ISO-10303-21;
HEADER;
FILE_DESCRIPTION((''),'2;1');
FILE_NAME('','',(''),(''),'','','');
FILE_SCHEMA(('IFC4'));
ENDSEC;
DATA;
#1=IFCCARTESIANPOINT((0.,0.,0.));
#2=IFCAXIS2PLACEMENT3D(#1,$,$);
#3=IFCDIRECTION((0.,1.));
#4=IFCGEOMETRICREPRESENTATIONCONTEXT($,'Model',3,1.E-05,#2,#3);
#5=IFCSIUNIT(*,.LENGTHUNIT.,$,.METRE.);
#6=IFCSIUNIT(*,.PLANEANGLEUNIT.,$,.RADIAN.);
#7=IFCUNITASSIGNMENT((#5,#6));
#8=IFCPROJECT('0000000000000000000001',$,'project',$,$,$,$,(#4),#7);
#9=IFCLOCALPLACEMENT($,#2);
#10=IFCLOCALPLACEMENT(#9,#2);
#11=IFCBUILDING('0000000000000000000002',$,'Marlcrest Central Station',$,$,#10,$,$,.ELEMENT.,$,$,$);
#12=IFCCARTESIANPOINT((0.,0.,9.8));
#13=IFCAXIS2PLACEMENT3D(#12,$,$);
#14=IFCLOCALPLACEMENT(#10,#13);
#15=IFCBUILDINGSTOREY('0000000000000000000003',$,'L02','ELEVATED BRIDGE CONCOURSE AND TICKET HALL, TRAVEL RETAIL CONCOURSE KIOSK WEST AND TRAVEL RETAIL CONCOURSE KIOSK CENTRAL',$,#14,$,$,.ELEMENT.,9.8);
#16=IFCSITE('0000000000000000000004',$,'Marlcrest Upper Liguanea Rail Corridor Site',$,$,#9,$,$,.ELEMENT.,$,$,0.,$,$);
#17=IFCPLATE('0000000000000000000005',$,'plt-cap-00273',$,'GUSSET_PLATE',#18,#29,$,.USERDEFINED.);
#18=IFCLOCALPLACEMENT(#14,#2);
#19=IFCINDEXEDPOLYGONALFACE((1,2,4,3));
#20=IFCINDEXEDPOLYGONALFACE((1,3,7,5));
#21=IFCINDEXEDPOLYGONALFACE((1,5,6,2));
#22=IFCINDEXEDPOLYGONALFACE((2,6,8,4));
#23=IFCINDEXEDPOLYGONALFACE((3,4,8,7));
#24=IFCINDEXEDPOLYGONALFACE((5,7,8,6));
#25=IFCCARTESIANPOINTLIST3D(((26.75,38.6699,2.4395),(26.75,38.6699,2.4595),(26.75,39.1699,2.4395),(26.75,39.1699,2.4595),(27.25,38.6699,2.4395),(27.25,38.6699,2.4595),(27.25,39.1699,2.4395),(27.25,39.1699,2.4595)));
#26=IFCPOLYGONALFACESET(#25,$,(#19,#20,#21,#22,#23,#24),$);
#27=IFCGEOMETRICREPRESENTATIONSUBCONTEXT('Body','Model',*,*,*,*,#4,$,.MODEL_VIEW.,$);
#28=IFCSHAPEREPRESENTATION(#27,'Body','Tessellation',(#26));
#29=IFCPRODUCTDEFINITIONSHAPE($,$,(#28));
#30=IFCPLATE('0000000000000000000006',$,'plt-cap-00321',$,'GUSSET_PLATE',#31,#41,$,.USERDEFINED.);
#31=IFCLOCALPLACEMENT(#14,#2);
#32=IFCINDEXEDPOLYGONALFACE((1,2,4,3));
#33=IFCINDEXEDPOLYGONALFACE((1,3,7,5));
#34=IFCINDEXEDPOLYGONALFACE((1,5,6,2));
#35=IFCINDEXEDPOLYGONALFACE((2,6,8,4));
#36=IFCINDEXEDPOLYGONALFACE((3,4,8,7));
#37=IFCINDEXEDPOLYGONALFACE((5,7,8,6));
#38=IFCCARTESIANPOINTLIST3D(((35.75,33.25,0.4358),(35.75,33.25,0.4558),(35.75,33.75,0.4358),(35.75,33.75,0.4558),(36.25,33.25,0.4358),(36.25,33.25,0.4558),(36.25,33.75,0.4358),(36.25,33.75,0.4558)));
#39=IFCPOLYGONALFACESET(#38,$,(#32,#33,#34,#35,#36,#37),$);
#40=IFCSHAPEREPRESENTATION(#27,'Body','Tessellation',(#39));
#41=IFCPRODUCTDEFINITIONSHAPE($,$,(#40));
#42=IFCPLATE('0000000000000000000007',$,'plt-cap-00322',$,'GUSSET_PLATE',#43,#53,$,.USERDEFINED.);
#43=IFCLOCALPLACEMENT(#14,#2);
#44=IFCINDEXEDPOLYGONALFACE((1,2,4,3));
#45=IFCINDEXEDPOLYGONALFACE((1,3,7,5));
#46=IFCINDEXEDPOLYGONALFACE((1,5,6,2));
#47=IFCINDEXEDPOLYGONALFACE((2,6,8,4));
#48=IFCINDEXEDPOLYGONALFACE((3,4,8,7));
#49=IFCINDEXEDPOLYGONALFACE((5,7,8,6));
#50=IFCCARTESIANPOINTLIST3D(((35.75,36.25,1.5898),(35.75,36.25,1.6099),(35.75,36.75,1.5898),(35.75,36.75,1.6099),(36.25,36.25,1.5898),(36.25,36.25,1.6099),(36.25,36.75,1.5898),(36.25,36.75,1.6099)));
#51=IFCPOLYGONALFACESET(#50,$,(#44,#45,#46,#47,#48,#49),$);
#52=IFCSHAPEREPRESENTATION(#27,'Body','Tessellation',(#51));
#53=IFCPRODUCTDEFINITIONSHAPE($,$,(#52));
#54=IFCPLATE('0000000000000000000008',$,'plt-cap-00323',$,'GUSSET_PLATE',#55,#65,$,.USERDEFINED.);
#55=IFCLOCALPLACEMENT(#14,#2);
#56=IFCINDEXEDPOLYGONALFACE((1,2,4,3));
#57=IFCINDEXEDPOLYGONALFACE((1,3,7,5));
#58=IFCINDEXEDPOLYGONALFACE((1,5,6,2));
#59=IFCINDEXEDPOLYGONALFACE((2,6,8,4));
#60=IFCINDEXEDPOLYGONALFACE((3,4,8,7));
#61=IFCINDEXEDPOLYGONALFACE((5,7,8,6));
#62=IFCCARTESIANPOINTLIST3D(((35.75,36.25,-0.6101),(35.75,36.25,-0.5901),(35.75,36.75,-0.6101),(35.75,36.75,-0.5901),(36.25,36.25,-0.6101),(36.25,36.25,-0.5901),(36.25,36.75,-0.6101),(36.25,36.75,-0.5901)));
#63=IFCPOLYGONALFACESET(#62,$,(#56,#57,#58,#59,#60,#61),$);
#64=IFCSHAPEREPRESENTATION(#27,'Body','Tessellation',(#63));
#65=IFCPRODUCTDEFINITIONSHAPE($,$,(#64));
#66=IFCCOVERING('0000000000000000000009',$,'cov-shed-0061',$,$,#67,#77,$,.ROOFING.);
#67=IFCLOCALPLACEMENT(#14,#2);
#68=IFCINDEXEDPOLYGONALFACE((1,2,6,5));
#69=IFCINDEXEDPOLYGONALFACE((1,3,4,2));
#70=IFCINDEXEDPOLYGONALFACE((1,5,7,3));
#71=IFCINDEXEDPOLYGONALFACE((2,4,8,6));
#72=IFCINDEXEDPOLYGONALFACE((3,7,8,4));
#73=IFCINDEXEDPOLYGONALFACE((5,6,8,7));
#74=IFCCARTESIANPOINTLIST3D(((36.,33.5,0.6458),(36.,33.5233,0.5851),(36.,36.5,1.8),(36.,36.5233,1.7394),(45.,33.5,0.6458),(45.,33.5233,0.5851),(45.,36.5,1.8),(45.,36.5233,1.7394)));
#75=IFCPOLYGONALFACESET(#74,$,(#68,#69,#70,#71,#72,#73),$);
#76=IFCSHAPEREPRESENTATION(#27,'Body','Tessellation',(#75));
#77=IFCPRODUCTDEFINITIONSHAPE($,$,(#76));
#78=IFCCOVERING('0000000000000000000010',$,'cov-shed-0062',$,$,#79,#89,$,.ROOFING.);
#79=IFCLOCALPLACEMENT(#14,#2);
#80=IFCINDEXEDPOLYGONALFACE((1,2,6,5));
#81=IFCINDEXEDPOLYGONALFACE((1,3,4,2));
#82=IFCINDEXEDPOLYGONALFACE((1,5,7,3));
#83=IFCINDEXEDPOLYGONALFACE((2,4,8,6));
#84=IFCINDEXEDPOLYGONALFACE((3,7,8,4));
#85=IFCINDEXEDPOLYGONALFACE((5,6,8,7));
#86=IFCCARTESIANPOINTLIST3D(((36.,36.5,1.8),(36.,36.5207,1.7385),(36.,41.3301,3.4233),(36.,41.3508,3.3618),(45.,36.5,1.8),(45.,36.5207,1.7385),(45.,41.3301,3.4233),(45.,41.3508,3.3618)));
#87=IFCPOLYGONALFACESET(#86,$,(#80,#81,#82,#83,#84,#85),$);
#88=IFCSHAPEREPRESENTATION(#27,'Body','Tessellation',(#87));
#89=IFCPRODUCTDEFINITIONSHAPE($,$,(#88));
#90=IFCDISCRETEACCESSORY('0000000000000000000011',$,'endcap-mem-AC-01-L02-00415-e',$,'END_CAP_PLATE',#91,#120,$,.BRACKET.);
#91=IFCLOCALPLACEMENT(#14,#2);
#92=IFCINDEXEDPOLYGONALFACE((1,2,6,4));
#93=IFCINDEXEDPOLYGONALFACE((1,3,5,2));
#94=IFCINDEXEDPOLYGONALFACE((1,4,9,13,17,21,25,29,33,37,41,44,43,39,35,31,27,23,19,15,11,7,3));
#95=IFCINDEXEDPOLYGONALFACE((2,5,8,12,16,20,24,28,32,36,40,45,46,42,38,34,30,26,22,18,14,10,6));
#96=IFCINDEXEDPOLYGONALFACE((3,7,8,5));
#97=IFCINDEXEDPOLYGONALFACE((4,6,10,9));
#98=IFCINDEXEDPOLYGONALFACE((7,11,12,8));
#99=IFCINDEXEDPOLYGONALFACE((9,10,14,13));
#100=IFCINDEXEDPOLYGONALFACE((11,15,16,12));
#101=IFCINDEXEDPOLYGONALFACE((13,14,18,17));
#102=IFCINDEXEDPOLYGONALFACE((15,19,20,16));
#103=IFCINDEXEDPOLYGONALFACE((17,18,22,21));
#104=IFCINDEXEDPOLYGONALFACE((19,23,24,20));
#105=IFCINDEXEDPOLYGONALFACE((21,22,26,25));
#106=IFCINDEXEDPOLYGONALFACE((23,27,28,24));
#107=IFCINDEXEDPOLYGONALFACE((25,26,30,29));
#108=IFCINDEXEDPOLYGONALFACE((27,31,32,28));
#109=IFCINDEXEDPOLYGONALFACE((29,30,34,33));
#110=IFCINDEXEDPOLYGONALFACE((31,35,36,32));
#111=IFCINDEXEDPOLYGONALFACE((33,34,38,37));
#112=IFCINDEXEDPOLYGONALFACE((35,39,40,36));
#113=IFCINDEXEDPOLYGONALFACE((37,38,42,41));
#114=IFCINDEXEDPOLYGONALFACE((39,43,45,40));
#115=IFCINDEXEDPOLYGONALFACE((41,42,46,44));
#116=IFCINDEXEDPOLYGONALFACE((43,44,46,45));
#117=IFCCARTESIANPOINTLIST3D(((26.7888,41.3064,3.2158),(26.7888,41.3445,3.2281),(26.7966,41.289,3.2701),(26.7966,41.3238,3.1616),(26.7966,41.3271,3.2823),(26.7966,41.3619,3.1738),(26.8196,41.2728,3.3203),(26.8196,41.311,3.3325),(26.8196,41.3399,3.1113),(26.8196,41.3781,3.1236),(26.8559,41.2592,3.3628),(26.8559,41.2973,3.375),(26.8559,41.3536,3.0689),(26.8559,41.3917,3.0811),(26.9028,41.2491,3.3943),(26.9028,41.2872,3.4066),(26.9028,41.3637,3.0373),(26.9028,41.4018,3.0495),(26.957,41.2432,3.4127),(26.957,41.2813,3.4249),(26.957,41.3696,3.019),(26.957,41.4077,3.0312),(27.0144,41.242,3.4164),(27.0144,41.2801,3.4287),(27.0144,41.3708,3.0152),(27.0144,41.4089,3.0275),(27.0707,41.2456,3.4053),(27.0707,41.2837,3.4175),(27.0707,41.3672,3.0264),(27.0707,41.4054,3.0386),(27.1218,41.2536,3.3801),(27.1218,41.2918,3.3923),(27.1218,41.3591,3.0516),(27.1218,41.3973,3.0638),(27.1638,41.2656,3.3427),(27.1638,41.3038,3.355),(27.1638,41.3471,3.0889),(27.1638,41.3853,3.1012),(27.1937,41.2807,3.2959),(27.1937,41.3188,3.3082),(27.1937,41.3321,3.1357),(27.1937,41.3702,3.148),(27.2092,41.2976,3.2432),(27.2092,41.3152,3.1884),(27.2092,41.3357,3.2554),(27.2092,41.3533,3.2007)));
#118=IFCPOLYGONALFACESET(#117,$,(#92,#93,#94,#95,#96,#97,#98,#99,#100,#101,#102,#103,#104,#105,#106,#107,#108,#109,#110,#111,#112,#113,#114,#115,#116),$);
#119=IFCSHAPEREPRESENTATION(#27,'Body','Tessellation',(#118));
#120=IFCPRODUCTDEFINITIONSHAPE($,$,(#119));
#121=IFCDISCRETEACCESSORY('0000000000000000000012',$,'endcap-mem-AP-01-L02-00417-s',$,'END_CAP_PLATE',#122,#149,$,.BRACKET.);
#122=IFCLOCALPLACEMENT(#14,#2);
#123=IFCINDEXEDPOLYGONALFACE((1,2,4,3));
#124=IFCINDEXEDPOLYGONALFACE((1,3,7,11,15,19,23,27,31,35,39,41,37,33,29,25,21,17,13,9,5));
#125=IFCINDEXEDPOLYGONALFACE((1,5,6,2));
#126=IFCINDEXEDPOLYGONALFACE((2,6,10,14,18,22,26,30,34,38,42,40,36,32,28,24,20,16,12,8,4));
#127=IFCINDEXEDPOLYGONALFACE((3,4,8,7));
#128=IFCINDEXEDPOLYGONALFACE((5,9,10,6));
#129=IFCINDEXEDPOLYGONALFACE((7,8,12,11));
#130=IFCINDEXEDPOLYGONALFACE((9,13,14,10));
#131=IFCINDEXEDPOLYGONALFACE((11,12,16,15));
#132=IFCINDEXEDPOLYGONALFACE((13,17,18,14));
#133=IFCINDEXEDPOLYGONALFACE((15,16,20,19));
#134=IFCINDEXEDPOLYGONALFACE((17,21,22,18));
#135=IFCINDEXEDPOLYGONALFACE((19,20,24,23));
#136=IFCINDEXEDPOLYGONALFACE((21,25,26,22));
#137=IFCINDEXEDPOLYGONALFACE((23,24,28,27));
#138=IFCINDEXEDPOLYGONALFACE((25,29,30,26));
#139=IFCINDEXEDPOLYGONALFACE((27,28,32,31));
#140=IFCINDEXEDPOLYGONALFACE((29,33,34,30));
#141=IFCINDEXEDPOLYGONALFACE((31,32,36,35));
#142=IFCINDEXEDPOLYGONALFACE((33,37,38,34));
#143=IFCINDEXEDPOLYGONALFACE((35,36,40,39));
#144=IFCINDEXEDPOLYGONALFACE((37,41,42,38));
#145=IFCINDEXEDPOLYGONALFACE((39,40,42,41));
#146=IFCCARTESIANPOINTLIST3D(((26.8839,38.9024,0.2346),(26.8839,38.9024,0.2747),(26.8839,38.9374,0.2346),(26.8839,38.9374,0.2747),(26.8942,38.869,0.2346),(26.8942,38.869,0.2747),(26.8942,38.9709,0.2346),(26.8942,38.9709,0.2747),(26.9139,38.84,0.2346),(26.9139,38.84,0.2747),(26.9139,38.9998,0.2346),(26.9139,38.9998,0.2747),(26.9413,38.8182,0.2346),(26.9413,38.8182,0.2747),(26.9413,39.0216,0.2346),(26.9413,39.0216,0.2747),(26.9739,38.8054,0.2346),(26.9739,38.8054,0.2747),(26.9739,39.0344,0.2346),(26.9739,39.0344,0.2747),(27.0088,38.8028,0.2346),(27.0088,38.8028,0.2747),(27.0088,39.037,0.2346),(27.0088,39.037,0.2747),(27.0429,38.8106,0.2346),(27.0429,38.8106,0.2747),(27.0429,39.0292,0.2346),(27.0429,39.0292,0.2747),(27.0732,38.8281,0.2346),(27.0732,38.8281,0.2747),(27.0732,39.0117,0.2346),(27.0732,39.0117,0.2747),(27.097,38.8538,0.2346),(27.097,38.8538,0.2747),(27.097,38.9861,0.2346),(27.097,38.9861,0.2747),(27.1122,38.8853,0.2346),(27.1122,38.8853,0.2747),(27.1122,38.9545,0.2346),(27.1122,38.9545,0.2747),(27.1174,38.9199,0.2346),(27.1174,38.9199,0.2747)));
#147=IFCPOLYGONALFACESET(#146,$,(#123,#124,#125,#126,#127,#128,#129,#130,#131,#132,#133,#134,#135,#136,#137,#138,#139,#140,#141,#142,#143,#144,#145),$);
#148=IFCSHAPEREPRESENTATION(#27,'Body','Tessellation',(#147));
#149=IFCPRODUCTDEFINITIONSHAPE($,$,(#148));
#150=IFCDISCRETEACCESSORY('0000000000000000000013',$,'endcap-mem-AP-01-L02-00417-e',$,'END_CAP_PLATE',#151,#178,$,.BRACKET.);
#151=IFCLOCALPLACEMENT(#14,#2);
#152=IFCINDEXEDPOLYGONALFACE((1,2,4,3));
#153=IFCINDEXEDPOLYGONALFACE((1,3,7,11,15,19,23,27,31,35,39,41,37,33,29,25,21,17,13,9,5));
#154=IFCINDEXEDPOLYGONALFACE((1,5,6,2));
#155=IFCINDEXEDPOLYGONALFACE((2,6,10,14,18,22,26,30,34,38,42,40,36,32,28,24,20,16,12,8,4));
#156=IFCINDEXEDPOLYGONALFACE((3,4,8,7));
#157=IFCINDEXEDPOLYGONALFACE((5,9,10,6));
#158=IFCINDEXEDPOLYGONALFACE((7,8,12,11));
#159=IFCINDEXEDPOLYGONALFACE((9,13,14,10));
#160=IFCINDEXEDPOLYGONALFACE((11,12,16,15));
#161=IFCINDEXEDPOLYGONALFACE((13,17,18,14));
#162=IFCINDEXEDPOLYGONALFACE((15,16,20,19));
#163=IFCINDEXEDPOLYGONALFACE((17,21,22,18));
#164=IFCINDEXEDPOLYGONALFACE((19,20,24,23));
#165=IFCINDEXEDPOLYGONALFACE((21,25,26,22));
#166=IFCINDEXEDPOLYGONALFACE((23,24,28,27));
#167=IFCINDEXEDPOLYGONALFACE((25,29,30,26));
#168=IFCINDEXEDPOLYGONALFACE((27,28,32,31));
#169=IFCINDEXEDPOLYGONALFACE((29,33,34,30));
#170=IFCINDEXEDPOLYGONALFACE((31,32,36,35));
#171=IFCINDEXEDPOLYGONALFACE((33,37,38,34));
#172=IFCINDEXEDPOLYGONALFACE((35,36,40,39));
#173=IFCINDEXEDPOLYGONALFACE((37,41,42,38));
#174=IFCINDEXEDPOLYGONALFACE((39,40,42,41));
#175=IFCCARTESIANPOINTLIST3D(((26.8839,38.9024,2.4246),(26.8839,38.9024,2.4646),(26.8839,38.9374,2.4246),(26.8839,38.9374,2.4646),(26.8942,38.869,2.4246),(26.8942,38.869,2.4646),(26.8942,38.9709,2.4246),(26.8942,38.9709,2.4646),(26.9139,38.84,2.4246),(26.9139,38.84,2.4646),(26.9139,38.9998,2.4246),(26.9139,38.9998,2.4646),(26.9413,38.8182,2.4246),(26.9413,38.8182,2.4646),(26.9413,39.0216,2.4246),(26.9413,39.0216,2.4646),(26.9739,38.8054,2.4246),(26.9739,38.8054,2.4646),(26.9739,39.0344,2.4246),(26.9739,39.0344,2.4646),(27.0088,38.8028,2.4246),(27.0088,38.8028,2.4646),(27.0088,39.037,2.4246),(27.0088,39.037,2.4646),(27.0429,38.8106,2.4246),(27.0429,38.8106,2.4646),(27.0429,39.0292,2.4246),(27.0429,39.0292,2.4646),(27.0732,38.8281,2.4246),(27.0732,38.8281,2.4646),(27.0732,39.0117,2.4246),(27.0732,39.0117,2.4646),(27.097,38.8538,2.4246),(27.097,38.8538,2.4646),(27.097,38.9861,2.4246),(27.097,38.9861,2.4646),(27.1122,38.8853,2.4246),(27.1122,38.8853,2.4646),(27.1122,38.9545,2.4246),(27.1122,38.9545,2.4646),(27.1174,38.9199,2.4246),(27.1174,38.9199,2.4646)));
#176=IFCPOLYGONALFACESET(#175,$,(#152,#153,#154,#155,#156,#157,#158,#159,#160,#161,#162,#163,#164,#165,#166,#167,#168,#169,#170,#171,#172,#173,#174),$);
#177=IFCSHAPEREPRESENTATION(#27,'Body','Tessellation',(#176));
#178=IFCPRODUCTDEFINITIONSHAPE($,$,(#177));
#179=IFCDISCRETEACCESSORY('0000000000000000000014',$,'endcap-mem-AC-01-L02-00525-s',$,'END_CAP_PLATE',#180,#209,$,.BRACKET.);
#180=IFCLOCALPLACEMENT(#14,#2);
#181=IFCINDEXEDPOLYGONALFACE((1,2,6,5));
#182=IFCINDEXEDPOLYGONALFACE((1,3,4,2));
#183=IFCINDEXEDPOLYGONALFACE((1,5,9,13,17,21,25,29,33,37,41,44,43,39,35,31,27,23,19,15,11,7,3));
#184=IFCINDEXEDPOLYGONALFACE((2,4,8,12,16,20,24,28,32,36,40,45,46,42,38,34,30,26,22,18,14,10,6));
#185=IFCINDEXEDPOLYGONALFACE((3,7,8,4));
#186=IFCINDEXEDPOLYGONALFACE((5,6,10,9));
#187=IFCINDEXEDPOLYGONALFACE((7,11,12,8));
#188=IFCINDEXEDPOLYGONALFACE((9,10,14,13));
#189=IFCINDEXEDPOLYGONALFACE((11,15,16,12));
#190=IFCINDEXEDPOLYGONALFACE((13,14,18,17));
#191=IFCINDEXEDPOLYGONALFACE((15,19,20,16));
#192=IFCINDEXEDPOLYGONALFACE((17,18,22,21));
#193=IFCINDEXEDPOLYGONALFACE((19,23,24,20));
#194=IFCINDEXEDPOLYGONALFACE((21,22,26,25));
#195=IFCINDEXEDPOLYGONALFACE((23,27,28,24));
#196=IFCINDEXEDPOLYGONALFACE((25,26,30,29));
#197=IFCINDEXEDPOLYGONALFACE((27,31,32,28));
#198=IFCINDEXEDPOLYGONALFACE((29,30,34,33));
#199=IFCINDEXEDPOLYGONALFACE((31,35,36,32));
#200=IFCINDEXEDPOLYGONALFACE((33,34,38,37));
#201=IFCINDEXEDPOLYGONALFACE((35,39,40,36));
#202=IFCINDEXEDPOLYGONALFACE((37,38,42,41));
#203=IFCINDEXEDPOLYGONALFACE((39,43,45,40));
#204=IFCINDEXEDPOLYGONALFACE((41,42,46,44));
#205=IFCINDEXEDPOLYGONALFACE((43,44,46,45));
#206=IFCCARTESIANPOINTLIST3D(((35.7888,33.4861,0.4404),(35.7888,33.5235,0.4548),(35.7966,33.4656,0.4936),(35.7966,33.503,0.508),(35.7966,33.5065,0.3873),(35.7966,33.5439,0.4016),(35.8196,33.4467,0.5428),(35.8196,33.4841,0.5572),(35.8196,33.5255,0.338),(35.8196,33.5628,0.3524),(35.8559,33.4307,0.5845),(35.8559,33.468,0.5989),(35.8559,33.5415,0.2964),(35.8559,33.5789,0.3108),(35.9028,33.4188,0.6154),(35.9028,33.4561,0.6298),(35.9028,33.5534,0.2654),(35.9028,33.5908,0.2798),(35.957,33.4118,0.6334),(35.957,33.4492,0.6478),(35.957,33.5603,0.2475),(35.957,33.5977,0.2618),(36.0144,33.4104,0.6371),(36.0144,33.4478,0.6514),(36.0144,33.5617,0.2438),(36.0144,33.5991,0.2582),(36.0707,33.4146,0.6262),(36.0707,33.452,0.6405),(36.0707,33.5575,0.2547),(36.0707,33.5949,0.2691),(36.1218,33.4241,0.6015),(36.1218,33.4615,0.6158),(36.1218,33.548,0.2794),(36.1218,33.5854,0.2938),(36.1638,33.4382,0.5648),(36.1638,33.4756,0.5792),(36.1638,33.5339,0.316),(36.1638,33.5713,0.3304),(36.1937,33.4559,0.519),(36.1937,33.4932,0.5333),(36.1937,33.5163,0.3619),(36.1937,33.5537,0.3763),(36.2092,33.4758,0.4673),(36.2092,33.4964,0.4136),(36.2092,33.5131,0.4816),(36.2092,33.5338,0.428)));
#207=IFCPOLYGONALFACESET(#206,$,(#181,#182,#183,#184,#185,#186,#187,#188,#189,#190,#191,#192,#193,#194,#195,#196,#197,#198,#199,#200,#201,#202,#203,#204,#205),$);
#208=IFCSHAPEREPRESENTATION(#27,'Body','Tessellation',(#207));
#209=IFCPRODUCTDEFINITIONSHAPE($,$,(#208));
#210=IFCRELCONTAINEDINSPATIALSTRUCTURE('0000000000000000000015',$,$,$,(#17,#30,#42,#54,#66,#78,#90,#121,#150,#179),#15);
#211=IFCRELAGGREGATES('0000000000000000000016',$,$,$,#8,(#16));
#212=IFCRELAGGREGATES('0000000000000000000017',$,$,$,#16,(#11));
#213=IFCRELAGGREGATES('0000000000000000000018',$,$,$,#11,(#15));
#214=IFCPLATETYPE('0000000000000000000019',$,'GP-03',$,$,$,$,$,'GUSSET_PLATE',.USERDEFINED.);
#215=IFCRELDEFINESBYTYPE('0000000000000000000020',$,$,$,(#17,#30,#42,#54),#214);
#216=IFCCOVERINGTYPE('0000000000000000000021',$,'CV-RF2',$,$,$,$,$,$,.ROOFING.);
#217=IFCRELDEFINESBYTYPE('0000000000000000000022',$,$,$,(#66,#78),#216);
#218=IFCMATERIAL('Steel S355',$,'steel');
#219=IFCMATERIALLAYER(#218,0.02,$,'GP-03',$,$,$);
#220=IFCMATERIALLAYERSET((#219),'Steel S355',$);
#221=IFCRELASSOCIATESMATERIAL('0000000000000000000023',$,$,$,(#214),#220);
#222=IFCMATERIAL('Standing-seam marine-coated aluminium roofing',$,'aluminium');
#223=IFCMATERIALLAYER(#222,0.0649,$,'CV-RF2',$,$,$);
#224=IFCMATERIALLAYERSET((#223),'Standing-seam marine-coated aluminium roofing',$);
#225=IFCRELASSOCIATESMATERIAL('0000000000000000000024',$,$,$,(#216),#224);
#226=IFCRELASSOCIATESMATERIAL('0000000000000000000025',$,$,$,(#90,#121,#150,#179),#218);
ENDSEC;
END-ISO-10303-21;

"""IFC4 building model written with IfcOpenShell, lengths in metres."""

from ifc_helpers import new_model, si_unit, direction, frame, origin, origin_2d, place, context, subcontext, project, spatial, polyline, rectangle, circle, outline, extrude, material, layer, layer_set, type_object, element, save


model = new_model("IFC4")

# Units and contexts
model_context = context("Model", 3, precision=1e-05, world=origin(), true_north=direction((0.0, 1.0)))
body_context = subcontext(model_context, "Body", "Model", "MODEL_VIEW")
ifc_project = project(units=[si_unit("LENGTHUNIT", "METRE"), si_unit("PLANEANGLEUNIT", "RADIAN")], contexts=[model_context])

# Site, building, storey
site_placement = place(None, origin())
site = spatial("IfcSite", under=ifc_project, at=site_placement, Name="Marlcrest Upper Liguanea Rail Corridor Site", CompositionType="ELEMENT", RefElevation=0.0)
building_placement = place(site_placement, origin())
building = spatial("IfcBuilding", under=site, at=building_placement, Name="Marlcrest Central Station", CompositionType="ELEMENT")
storey_placement = place(building_placement, frame((0.0, 0.0, 9.8)))
storey = spatial("IfcBuildingStorey", under=building, at=storey_placement, Name="L02", Description="ELEVATED BRIDGE CONCOURSE AND TICKET HALL, TRAVEL RETAIL CONCOURSE KIOSK WEST AND TRAVEL RETAIL CONCOURSE KIOSK CENTRAL", CompositionType="ELEMENT", Elevation=9.8)

# Shared definitions
ifc_material_1 = material(Name="Steel S355", Category="steel")

# Plates
ifc_layer_1 = layer(ifc_material_1, 0.02, Name="GP-03")
ifc_layer_set_1 = layer_set([ifc_layer_1], Name="Steel S355")
plate_type = type_object("IfcPlateType", Name="GP-03", ElementType="GUSSET_PLATE", PredefinedType="USERDEFINED", material=ifc_layer_set_1)
for number, where, z_axis, x_axis, name in (
    (1, (27.0, 38.9199, 2.4395), (0.0, 0.0, 1.0), (1.0, 0.0, 0.0), "plt-cap-00273"),
    (2, (36.0, 33.5, 0.4358), (0.0, 0.0, 1.0), (1.0, 0.0, 0.0), "plt-cap-00321"),
    (3, (36.0, 36.5, 1.5898), (0.0, 0.0, 1.0), (1.0, 0.0, 0.0), "plt-cap-00322"),
    (4, (36.0, 36.5, -0.6101), (0.0, 0.0, 1.0), (1.0, 0.0, 0.0), "plt-cap-00323"),
):
    element("IfcPlate", number, at=place(storey_placement, frame(where, z_axis=z_axis, x_axis=x_axis)), inside=storey, type_object=plate_type, Name=name, ObjectType="GUSSET_PLATE", PredefinedType="USERDEFINED", context=body_context, shape_type="SweptSolid", body=[
        extrude(rectangle(XDim=0.5, YDim=0.5, at=origin_2d()), origin(), (0.0, 0.0, 1.0), 0.02),
    ])

# Coverings
ifc_material_2 = material(Name="Standing-seam marine-coated aluminium roofing", Category="aluminium")
ifc_layer_2 = layer(ifc_material_2, 0.0649, Name="CV-RF2")
ifc_layer_set_2 = layer_set([ifc_layer_2], Name="Standing-seam marine-coated aluminium roofing")
covering_type = type_object("IfcCoveringType", Name="CV-RF2", PredefinedType="ROOFING", material=ifc_layer_set_2)
covering_1_placement = place(storey_placement, frame((36.0, 33.5, 0.6458), z_axis=(0.0, -0.359101, 0.933299), x_axis=(1.0, 0.0, 0.0)))
element("IfcCovering", 5, at=covering_1_placement, inside=storey, type_object=covering_type, Name="cov-shed-0061", PredefinedType="ROOFING", context=body_context, shape_type="SweptSolid", body=[
    extrude(outline(polyline([(0.0, 0.0), (9.0, 0.0), (9.0, 3.2144), (0.0, 3.2144), (0.0, 0.0)])), origin(), (0.0, 0.0, -1.0), 0.0649),
])
covering_2_placement = place(storey_placement, frame((36.0, 36.5, 1.8), z_axis=(0.0, -0.31857, 0.947899), x_axis=(1.0, 0.0, 0.0)))
element("IfcCovering", 6, at=covering_2_placement, inside=storey, type_object=covering_type, Name="cov-shed-0062", PredefinedType="ROOFING", context=body_context, shape_type="SweptSolid", body=[
    extrude(outline(polyline([(0.0, 0.0), (9.0, 0.0), (9.0, 5.0956), (0.0, 5.0956), (0.0, 0.0)])), origin(), (0.0, 0.0, -1.0), 0.0649),
])

# Discrete accessories
discrete_accessory_placement = place(storey_placement, frame((27.0, 41.3064, 3.2158), z_axis=(0.0, 0.952117, 0.305734), x_axis=(-1.0, 0.0, 0.0)))
element("IfcDiscreteAccessory", 7, at=discrete_accessory_placement, inside=storey, material=ifc_material_1, Name="endcap-mem-AC-01-L02-00415-e", ObjectType="END_CAP_PLATE", PredefinedType="BRACKET", context=body_context, shape_type="SweptSolid", body=[
    extrude(circle(Radius=0.2112, at=origin_2d()), origin(), (0.0, 0.0, 1.0), 0.04),
])
for number, where, z_axis, x_axis, name in (
    (8, (27.0, 38.9199, 0.2346), (0.0, 0.0, 1.0), (1.0, 0.0, 0.0), "endcap-mem-AP-01-L02-00417-s"),
    (9, (27.0, 38.9199, 2.4246), (0.0, 0.0, 1.0), (1.0, 0.0, 0.0), "endcap-mem-AP-01-L02-00417-e"),
):
    element("IfcDiscreteAccessory", number, at=place(storey_placement, frame(where, z_axis=z_axis, x_axis=x_axis)), inside=storey, material=ifc_material_1, Name=name, ObjectType="END_CAP_PLATE", PredefinedType="BRACKET", context=body_context, shape_type="SweptSolid", body=[
        extrude(circle(Radius=0.1174, at=origin_2d()), origin(), (0.0, 0.0, 1.0), 0.04),
    ])
for number, where, z_axis, x_axis, name in (
    (10, (36.0, 33.4861, 0.4404), (0.0, 0.933324, 0.359035), (-1.0, 0.0, 0.0), "endcap-mem-AC-01-L02-00525-s"),
):
    element("IfcDiscreteAccessory", number, at=place(storey_placement, frame(where, z_axis=z_axis, x_axis=x_axis)), inside=storey, material=ifc_material_1, Name=name, ObjectType="END_CAP_PLATE", PredefinedType="BRACKET", context=body_context, shape_type="SweptSolid", body=[
        extrude(circle(Radius=0.2112, at=origin_2d()), origin(), (0.0, 0.0, 1.0), 0.04),
    ])

save(model, "model.ifc")
